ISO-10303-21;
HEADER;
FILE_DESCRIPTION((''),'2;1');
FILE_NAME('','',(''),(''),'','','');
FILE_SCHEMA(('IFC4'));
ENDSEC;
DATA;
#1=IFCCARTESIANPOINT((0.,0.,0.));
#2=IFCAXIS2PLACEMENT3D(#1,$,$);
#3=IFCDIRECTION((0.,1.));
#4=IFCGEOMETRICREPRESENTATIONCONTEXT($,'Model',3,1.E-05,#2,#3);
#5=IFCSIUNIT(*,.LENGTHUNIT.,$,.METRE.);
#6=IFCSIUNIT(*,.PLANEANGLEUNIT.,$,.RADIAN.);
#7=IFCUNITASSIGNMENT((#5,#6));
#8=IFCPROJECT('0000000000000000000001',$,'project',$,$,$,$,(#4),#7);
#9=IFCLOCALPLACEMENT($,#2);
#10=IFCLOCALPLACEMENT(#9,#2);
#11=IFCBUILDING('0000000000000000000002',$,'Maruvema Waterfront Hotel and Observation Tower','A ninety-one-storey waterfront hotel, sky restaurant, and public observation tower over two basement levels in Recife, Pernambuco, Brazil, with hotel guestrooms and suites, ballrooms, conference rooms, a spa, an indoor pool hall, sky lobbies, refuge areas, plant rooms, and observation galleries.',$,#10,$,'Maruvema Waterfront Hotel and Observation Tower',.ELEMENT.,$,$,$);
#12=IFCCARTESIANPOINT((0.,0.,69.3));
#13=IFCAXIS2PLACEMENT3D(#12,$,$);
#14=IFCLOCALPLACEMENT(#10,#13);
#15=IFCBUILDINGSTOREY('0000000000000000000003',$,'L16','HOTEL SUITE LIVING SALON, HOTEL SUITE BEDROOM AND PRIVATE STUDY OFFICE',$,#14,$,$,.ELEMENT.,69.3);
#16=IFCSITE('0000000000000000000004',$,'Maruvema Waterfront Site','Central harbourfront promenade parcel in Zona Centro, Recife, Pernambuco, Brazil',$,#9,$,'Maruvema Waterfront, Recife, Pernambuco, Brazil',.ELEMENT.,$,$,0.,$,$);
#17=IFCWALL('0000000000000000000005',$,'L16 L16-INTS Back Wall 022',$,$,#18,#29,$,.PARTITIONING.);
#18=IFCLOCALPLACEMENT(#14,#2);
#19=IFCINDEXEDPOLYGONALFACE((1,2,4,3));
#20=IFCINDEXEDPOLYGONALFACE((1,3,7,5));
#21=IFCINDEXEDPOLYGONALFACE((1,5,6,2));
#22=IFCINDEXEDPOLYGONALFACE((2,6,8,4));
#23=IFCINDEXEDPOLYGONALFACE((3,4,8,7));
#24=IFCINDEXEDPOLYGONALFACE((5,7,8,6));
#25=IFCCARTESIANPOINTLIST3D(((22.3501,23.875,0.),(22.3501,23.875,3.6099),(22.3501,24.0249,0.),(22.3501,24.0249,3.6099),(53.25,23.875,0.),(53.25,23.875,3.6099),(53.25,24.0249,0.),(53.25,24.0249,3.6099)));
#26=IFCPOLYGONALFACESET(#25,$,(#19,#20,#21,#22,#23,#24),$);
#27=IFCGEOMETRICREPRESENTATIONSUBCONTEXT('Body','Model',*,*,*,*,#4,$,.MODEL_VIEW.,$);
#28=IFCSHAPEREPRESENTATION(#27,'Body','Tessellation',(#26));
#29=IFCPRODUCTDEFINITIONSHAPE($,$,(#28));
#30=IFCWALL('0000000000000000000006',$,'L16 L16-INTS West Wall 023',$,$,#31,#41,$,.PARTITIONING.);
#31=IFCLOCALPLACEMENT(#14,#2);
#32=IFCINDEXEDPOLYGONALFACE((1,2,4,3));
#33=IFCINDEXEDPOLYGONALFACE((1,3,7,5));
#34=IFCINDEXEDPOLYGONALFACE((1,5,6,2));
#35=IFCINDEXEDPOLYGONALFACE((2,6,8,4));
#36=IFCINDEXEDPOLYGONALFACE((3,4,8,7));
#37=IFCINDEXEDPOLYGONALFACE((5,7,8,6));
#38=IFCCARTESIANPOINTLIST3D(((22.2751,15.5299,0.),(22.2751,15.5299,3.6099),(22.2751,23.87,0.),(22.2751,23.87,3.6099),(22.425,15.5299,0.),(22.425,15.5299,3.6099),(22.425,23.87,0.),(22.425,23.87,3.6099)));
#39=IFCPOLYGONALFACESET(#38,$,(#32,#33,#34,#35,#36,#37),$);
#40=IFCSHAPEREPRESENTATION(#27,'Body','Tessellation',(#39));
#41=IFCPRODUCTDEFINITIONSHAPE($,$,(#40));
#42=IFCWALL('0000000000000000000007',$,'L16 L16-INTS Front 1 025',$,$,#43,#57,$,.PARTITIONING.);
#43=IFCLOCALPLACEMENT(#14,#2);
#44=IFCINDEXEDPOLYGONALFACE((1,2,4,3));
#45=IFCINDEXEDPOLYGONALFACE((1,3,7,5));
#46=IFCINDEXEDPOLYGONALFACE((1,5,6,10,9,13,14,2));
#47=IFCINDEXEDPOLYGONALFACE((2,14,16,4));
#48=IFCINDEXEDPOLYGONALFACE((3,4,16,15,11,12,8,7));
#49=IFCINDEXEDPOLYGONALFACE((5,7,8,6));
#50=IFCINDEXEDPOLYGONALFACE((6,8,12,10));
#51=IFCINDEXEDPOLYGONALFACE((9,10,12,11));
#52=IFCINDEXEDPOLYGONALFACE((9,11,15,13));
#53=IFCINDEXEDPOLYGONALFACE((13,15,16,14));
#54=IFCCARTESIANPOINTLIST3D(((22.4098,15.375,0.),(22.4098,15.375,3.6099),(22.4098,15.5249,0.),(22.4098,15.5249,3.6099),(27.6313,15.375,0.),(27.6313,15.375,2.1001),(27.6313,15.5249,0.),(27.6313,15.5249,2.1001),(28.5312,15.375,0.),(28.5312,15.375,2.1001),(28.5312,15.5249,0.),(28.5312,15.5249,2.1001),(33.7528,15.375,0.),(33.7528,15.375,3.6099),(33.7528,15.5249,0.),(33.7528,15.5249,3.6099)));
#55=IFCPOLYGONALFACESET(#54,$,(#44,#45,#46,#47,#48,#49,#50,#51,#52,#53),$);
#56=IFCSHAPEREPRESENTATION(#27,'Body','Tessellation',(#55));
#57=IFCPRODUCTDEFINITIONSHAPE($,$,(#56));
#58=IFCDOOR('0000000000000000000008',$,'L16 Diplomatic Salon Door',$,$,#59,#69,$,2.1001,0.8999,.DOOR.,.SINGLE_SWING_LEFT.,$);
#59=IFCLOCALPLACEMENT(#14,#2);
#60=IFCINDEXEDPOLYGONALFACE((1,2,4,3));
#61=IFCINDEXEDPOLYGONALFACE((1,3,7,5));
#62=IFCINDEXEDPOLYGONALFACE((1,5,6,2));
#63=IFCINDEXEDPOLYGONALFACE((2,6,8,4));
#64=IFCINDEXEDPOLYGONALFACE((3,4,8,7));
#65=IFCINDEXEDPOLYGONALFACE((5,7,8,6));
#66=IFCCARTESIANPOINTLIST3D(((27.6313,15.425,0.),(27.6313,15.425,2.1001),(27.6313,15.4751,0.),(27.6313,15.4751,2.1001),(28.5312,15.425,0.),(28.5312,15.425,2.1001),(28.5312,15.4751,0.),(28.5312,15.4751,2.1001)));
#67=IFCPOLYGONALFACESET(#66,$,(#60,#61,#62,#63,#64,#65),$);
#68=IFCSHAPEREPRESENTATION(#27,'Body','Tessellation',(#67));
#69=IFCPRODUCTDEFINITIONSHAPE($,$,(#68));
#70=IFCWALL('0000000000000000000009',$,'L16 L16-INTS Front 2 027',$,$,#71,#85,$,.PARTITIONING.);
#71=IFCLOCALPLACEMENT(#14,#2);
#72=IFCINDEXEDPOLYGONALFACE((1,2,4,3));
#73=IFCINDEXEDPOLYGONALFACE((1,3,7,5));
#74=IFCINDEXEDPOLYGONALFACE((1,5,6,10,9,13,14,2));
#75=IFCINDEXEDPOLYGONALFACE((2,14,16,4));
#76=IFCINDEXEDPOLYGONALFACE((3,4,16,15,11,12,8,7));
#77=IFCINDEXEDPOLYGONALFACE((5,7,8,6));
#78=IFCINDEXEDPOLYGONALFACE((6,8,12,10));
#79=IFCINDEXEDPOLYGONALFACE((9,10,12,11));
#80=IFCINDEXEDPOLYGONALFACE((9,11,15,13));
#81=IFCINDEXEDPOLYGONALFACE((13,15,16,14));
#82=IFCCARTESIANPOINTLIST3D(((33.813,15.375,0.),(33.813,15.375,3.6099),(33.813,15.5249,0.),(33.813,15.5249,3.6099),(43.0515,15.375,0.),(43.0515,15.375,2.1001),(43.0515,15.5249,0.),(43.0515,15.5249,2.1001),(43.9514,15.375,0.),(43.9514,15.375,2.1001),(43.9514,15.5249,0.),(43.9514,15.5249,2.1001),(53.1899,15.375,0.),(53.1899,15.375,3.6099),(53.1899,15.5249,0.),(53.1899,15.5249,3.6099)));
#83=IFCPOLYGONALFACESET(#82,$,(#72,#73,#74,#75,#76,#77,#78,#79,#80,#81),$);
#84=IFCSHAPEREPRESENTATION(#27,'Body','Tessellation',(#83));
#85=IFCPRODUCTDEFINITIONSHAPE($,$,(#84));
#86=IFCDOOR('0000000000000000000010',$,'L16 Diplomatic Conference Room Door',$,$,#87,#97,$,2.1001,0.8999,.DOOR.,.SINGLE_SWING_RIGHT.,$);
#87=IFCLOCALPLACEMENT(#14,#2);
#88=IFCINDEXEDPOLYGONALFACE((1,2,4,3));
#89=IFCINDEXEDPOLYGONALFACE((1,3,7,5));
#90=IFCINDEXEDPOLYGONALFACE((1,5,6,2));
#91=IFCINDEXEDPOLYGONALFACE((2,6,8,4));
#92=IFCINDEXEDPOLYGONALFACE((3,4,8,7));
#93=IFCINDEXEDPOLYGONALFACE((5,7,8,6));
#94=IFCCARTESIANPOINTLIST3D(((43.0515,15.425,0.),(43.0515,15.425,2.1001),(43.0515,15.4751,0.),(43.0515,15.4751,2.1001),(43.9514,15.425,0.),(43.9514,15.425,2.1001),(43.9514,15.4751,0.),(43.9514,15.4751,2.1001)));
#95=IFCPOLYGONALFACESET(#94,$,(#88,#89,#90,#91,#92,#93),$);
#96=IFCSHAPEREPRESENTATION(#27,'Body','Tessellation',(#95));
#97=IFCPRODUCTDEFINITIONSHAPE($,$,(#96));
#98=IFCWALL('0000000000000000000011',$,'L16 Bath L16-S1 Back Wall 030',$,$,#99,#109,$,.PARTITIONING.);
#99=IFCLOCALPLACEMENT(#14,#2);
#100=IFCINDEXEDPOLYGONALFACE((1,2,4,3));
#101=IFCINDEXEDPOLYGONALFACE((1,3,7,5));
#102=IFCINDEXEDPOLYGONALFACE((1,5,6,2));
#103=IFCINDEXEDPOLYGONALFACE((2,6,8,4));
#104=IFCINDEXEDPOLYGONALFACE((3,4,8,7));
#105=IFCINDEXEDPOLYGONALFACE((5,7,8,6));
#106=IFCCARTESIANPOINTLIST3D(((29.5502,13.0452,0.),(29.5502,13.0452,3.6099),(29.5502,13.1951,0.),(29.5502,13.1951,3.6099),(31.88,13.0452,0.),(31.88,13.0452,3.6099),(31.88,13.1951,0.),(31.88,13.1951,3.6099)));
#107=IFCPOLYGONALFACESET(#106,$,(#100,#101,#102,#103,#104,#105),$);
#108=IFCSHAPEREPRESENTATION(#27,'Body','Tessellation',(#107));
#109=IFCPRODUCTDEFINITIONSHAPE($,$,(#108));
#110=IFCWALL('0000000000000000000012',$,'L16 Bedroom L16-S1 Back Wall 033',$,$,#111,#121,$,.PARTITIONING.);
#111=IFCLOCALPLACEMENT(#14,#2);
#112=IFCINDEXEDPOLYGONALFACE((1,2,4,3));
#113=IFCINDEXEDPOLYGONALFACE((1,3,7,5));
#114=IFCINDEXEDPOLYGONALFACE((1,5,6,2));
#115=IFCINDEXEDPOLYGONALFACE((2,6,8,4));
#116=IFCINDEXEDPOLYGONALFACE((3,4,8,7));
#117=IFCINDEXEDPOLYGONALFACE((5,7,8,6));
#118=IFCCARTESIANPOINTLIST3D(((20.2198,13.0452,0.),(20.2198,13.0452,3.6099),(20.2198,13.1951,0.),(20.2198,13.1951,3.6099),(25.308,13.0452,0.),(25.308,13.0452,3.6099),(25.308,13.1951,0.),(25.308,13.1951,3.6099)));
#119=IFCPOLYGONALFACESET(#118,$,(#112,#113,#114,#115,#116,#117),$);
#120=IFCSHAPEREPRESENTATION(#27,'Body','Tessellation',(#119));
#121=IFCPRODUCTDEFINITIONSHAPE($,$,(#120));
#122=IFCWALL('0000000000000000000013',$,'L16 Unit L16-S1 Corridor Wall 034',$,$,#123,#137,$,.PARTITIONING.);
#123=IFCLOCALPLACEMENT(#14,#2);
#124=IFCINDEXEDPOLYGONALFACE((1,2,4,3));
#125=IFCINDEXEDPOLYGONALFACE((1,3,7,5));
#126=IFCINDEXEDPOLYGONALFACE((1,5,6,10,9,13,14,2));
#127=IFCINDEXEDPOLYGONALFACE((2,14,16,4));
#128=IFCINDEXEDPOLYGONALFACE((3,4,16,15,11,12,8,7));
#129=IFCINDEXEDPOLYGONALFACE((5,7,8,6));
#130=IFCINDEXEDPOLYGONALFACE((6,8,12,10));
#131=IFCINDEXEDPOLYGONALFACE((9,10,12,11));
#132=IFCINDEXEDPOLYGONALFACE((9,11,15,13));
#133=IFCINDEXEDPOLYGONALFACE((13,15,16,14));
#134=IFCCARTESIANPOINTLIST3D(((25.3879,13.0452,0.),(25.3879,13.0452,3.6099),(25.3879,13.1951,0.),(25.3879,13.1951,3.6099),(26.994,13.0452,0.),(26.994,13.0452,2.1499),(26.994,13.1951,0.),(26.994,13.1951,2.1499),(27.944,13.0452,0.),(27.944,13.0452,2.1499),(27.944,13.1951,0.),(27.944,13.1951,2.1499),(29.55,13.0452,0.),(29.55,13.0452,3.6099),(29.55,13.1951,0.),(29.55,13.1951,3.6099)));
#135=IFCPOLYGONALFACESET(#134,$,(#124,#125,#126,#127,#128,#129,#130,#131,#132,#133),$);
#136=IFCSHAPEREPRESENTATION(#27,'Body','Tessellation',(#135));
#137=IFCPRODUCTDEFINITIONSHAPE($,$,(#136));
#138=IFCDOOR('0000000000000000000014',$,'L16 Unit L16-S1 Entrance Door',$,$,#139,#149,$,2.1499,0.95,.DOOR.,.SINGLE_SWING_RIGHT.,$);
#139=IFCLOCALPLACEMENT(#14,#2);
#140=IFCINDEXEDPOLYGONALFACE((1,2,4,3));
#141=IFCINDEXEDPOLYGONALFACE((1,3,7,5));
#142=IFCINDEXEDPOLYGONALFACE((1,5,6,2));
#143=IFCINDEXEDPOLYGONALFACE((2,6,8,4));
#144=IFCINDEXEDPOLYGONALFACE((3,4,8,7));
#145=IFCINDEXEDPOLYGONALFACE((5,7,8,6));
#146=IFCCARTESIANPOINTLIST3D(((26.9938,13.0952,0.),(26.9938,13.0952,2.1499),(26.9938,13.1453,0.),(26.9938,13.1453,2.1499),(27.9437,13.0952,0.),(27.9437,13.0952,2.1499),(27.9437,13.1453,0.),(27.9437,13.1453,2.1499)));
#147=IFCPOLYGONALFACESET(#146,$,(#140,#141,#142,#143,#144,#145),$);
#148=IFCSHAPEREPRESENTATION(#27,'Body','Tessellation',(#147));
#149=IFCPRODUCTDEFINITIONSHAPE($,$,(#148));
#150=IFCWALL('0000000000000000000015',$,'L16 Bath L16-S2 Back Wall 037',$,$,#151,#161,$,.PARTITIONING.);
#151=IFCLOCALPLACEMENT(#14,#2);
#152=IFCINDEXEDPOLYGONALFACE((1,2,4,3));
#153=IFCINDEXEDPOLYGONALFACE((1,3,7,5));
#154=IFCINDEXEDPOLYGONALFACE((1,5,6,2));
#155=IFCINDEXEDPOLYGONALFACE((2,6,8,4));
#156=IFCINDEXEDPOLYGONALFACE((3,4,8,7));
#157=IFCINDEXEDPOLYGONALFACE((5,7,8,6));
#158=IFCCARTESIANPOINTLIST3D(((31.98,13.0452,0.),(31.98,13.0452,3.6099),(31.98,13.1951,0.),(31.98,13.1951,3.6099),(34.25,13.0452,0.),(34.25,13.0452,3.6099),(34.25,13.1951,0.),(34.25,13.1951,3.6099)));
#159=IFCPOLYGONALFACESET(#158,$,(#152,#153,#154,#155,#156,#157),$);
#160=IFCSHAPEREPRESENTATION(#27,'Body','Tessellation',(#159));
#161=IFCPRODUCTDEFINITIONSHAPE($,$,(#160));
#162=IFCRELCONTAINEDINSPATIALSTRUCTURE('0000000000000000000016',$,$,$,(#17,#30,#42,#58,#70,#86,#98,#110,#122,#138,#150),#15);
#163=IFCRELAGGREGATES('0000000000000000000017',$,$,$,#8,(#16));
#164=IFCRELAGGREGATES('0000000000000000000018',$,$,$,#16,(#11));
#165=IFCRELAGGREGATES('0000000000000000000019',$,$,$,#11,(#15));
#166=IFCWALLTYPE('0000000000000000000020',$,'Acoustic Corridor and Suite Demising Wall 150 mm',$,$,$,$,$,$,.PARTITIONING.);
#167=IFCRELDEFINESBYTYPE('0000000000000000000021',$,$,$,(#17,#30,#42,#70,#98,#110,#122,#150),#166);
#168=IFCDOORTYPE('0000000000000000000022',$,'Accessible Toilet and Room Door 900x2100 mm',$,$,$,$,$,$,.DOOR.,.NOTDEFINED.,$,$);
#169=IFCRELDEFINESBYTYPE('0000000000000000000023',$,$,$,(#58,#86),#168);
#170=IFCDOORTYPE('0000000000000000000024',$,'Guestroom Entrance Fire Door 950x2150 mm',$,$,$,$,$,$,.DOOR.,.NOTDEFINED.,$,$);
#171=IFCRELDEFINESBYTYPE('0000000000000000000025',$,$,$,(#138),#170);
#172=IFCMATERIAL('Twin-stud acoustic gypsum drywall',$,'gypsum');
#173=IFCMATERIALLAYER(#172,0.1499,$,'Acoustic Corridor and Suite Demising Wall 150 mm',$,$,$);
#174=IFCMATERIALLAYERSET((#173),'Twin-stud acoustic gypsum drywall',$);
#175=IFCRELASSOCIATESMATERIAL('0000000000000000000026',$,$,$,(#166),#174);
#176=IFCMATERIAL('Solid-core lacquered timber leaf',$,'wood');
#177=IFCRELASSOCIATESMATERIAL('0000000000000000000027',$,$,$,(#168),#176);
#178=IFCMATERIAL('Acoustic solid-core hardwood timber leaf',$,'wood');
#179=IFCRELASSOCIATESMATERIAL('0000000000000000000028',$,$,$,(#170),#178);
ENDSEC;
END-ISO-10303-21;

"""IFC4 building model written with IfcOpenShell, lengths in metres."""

from ifc_helpers import new_model, si_unit, direction, frame, frame_2d, origin, place, context, subcontext, project, spatial, rectangle, extrude, material, layer, layer_set, type_object, element, fill, save


model = new_model("IFC4")

# Units and contexts
model_context = context("Model", 3, precision=1e-05, world=origin(), true_north=direction((0.0, 1.0)))
body_context = subcontext(model_context, "Body", "Model", "MODEL_VIEW")
ifc_project = project(units=[si_unit("LENGTHUNIT", "METRE"), si_unit("PLANEANGLEUNIT", "RADIAN")], contexts=[model_context])

# Site, building, storey
site_placement = place(None, origin())
site = spatial("IfcSite", under=ifc_project, at=site_placement, Name="Maruvema Waterfront Site", Description="Central harbourfront promenade parcel in Zona Centro, Recife, Pernambuco, Brazil", LongName="Maruvema Waterfront, Recife, Pernambuco, Brazil", CompositionType="ELEMENT", RefElevation=0.0)
building_placement = place(site_placement, origin())
building = spatial("IfcBuilding", under=site, at=building_placement, Name="Maruvema Waterfront Hotel and Observation Tower", Description="A ninety-one-storey waterfront hotel, sky restaurant, and public observation tower over two basement levels in Recife, Pernambuco, Brazil, with hotel guestrooms and suites, ballrooms, conference rooms, a spa, an indoor pool hall, sky lobbies, refuge areas, plant rooms, and observation galleries.", LongName="Maruvema Waterfront Hotel and Observation Tower", CompositionType="ELEMENT")
storey_placement = place(building_placement, frame((0.0, 0.0, 69.3)))
storey = spatial("IfcBuildingStorey", under=building, at=storey_placement, Name="L16", Description="HOTEL SUITE LIVING SALON, HOTEL SUITE BEDROOM AND PRIVATE STUDY OFFICE", CompositionType="ELEMENT", Elevation=69.3)

# Walls
ifc_material_1 = material(Name="Twin-stud acoustic gypsum drywall", Category="gypsum")
ifc_layer_1 = layer(ifc_material_1, 0.1499, Name="Acoustic Corridor and Suite Demising Wall 150 mm")
ifc_layer_set_1 = layer_set([ifc_layer_1], Name="Twin-stud acoustic gypsum drywall")
wall_type_1 = type_object("IfcWallType", Name="Acoustic Corridor and Suite Demising Wall 150 mm", PredefinedType="PARTITIONING", material=ifc_layer_set_1)
wall_1_placement = place(storey_placement, frame((22.3501, 23.95, 0.0), z_axis=(0.0, 0.0, 1.0), x_axis=(1.0, 0.0, 0.0)))
element("IfcWall", 1, at=wall_1_placement, inside=storey, type_object=wall_type_1, Name="L16 L16-INTS Back Wall 022", PredefinedType="PARTITIONING", context=body_context, shape_type="SweptSolid", body=[
    extrude(rectangle(XDim=30.8999, YDim=0.1499, at=frame_2d((15.45, 0.0))), origin(), (0.0, 0.0, 1.0), 3.6099),
])
wall_2_placement = place(storey_placement, frame((22.3501, 15.53, 0.0), z_axis=(0.0, 0.0, 1.0), x_axis=(0.0, 1.0, 0.0)))
element("IfcWall", 2, at=wall_2_placement, inside=storey, type_object=wall_type_1, Name="L16 L16-INTS West Wall 023", PredefinedType="PARTITIONING", context=body_context, shape_type="SweptSolid", body=[
    extrude(rectangle(XDim=8.3401, YDim=0.1499, at=frame_2d((4.1699, 0.0))), origin(), (0.0, 0.0, 1.0), 3.6099),
])

# Walls, openings, doors
wall_3_placement = place(storey_placement, frame((22.4099, 15.45, 0.0), z_axis=(0.0, 0.0, 1.0), x_axis=(1.0, 0.0, 0.0)))
wall_3 = element("IfcWall", 3, at=wall_3_placement, inside=storey, type_object=wall_type_1, Name="L16 L16-INTS Front 1 025", PredefinedType="PARTITIONING", context=body_context, shape_type="SweptSolid", body=[
    extrude(rectangle(XDim=11.343, YDim=0.1499, at=frame_2d((5.6714, 0.0))), origin(), (0.0, 0.0, 1.0), 3.6099),
])
opening_1_placement = place(wall_3_placement, frame((5.2214, 0.0, 0.0)))
opening_1 = element("IfcOpeningElement", 4, at=opening_1_placement, cuts=wall_3, PredefinedType="OPENING", context=body_context, shape_type="SweptSolid", body=[
    extrude(rectangle(XDim=0.8999, YDim=2.1001, at=frame_2d((0.45, 1.05))), frame((0.0, 0.085, 0.0), z_axis=(0.0, -1.0, 0.0), x_axis=(1.0, 0.0, 0.0)), (0.0, 0.0, 1.0), 0.1699),
])
ifc_material_2 = material(Name="Solid-core lacquered timber leaf", Category="wood")
door_type_1 = type_object("IfcDoorType", Name="Accessible Toilet and Room Door 900x2100 mm", OperationType="NOTDEFINED", PredefinedType="DOOR", material=ifc_material_2)
door_1_placement = place(opening_1_placement, frame((0.8999, 0.0, 0.0), z_axis=(0.0, 0.0, 1.0), x_axis=(-1.0, 0.0, 0.0)))
door_1 = element("IfcDoor", 5, at=door_1_placement, inside=storey, type_object=door_type_1, Name="L16 Diplomatic Salon Door", OperationType="SINGLE_SWING_LEFT", OverallHeight=2.1001, OverallWidth=0.8999, PredefinedType="DOOR", context=body_context, shape_type="SweptSolid", body=[
    extrude(rectangle(XDim=0.8999, YDim=2.1001, at=frame_2d((0.45, 1.05))), frame((0.0, 0.0249, 0.0), z_axis=(0.0, -1.0, 0.0), x_axis=(1.0, 0.0, 0.0)), (0.0, 0.0, 1.0), 0.05),
])
fill(opening_1, door_1)
wall_4_placement = place(storey_placement, frame((33.813, 15.45, 0.0), z_axis=(0.0, 0.0, 1.0), x_axis=(1.0, 0.0, 0.0)))
wall_4 = element("IfcWall", 6, at=wall_4_placement, inside=storey, type_object=wall_type_1, Name="L16 L16-INTS Front 2 027", PredefinedType="PARTITIONING", context=body_context, shape_type="SweptSolid", body=[
    extrude(rectangle(XDim=19.377, YDim=0.1499, at=frame_2d((9.6885, 0.0))), origin(), (0.0, 0.0, 1.0), 3.6099),
])
opening_2_placement = place(wall_4_placement, frame((9.2385, 0.0, 0.0)))
opening_2 = element("IfcOpeningElement", 7, at=opening_2_placement, cuts=wall_4, PredefinedType="OPENING", context=body_context, shape_type="SweptSolid", body=[
    extrude(rectangle(XDim=0.8999, YDim=2.1001, at=frame_2d((0.45, 1.05))), frame((0.0, 0.085, 0.0), z_axis=(0.0, -1.0, 0.0), x_axis=(1.0, 0.0, 0.0)), (0.0, 0.0, 1.0), 0.1699),
])
door_2_placement = place(opening_2_placement, frame((0.8999, 0.0, 0.0), z_axis=(0.0, 0.0, 1.0), x_axis=(-1.0, 0.0, 0.0)))
door_2 = element("IfcDoor", 8, at=door_2_placement, inside=storey, type_object=door_type_1, Name="L16 Diplomatic Conference Room Door", OperationType="SINGLE_SWING_RIGHT", OverallHeight=2.1001, OverallWidth=0.8999, PredefinedType="DOOR", context=body_context, shape_type="SweptSolid", body=[
    extrude(rectangle(XDim=0.8999, YDim=2.1001, at=frame_2d((0.45, 1.05))), frame((0.0, 0.0249, 0.0), z_axis=(0.0, -1.0, 0.0), x_axis=(1.0, 0.0, 0.0)), (0.0, 0.0, 1.0), 0.05),
])
fill(opening_2, door_2)

# Walls
wall_5_placement = place(storey_placement, frame((29.55, 13.1201, 0.0), z_axis=(0.0, 0.0, 1.0), x_axis=(1.0, 0.0, 0.0)))
element("IfcWall", 9, at=wall_5_placement, inside=storey, type_object=wall_type_1, Name="L16 Bath L16-S1 Back Wall 030", PredefinedType="PARTITIONING", context=body_context, shape_type="SweptSolid", body=[
    extrude(rectangle(XDim=2.3298, YDim=0.1499, at=frame_2d((1.165, 0.0))), origin(), (0.0, 0.0, 1.0), 3.6099),
])
wall_6_placement = place(storey_placement, frame((20.22, 13.1201, 0.0), z_axis=(0.0, 0.0, 1.0), x_axis=(1.0, 0.0, 0.0)))
element("IfcWall", 10, at=wall_6_placement, inside=storey, type_object=wall_type_1, Name="L16 Bedroom L16-S1 Back Wall 033", PredefinedType="PARTITIONING", context=body_context, shape_type="SweptSolid", body=[
    extrude(rectangle(XDim=5.0881, YDim=0.1499, at=frame_2d((2.5439, 0.0))), origin(), (0.0, 0.0, 1.0), 3.6099),
])

# Wall, opening, door
wall_7_placement = place(storey_placement, frame((25.3879, 13.1201, 0.0), z_axis=(0.0, 0.0, 1.0), x_axis=(1.0, 0.0, 0.0)))
wall_7 = element("IfcWall", 11, at=wall_7_placement, inside=storey, type_object=wall_type_1, Name="L16 Unit L16-S1 Corridor Wall 034", PredefinedType="PARTITIONING", context=body_context, shape_type="SweptSolid", body=[
    extrude(rectangle(XDim=4.1621, YDim=0.1499, at=frame_2d((2.0811, 0.0))), origin(), (0.0, 0.0, 1.0), 3.6099),
])
opening_3_placement = place(wall_7_placement, frame((1.606, 0.0, 0.0)))
opening_3 = element("IfcOpeningElement", 12, at=opening_3_placement, cuts=wall_7, PredefinedType="OPENING", context=body_context, shape_type="SweptSolid", body=[
    extrude(rectangle(XDim=0.95, YDim=2.1499, at=frame_2d((0.4751, 1.075))), frame((0.0, 0.085, 0.0), z_axis=(0.0, -1.0, 0.0), x_axis=(1.0, 0.0, 0.0)), (0.0, 0.0, 1.0), 0.1699),
])
ifc_material_3 = material(Name="Acoustic solid-core hardwood timber leaf", Category="wood")
door_type_2 = type_object("IfcDoorType", Name="Guestroom Entrance Fire Door 950x2150 mm", OperationType="NOTDEFINED", PredefinedType="DOOR", material=ifc_material_3)
door_3_placement = place(opening_3_placement, frame((0.95, 0.0, 0.0), z_axis=(0.0, 0.0, 1.0), x_axis=(-1.0, 0.0, 0.0)))
door_3 = element("IfcDoor", 13, at=door_3_placement, inside=storey, type_object=door_type_2, Name="L16 Unit L16-S1 Entrance Door", OperationType="SINGLE_SWING_RIGHT", OverallHeight=2.1499, OverallWidth=0.95, PredefinedType="DOOR", context=body_context, shape_type="SweptSolid", body=[
    extrude(rectangle(XDim=0.95, YDim=2.1499, at=frame_2d((0.4751, 1.075))), frame((0.0, 0.0249, 0.0), z_axis=(0.0, -1.0, 0.0), x_axis=(1.0, 0.0, 0.0)), (0.0, 0.0, 1.0), 0.05),
])
fill(opening_3, door_3)

# Wall
wall_8_placement = place(storey_placement, frame((31.98, 13.1201, 0.0), z_axis=(0.0, 0.0, 1.0), x_axis=(1.0, 0.0, 0.0)))
element("IfcWall", 14, at=wall_8_placement, inside=storey, type_object=wall_type_1, Name="L16 Bath L16-S2 Back Wall 037", PredefinedType="PARTITIONING", context=body_context, shape_type="SweptSolid", body=[
    extrude(rectangle(XDim=2.27, YDim=0.1499, at=frame_2d((1.135, 0.0))), origin(), (0.0, 0.0, 1.0), 3.6099),
])

save(model, "model.ifc")
